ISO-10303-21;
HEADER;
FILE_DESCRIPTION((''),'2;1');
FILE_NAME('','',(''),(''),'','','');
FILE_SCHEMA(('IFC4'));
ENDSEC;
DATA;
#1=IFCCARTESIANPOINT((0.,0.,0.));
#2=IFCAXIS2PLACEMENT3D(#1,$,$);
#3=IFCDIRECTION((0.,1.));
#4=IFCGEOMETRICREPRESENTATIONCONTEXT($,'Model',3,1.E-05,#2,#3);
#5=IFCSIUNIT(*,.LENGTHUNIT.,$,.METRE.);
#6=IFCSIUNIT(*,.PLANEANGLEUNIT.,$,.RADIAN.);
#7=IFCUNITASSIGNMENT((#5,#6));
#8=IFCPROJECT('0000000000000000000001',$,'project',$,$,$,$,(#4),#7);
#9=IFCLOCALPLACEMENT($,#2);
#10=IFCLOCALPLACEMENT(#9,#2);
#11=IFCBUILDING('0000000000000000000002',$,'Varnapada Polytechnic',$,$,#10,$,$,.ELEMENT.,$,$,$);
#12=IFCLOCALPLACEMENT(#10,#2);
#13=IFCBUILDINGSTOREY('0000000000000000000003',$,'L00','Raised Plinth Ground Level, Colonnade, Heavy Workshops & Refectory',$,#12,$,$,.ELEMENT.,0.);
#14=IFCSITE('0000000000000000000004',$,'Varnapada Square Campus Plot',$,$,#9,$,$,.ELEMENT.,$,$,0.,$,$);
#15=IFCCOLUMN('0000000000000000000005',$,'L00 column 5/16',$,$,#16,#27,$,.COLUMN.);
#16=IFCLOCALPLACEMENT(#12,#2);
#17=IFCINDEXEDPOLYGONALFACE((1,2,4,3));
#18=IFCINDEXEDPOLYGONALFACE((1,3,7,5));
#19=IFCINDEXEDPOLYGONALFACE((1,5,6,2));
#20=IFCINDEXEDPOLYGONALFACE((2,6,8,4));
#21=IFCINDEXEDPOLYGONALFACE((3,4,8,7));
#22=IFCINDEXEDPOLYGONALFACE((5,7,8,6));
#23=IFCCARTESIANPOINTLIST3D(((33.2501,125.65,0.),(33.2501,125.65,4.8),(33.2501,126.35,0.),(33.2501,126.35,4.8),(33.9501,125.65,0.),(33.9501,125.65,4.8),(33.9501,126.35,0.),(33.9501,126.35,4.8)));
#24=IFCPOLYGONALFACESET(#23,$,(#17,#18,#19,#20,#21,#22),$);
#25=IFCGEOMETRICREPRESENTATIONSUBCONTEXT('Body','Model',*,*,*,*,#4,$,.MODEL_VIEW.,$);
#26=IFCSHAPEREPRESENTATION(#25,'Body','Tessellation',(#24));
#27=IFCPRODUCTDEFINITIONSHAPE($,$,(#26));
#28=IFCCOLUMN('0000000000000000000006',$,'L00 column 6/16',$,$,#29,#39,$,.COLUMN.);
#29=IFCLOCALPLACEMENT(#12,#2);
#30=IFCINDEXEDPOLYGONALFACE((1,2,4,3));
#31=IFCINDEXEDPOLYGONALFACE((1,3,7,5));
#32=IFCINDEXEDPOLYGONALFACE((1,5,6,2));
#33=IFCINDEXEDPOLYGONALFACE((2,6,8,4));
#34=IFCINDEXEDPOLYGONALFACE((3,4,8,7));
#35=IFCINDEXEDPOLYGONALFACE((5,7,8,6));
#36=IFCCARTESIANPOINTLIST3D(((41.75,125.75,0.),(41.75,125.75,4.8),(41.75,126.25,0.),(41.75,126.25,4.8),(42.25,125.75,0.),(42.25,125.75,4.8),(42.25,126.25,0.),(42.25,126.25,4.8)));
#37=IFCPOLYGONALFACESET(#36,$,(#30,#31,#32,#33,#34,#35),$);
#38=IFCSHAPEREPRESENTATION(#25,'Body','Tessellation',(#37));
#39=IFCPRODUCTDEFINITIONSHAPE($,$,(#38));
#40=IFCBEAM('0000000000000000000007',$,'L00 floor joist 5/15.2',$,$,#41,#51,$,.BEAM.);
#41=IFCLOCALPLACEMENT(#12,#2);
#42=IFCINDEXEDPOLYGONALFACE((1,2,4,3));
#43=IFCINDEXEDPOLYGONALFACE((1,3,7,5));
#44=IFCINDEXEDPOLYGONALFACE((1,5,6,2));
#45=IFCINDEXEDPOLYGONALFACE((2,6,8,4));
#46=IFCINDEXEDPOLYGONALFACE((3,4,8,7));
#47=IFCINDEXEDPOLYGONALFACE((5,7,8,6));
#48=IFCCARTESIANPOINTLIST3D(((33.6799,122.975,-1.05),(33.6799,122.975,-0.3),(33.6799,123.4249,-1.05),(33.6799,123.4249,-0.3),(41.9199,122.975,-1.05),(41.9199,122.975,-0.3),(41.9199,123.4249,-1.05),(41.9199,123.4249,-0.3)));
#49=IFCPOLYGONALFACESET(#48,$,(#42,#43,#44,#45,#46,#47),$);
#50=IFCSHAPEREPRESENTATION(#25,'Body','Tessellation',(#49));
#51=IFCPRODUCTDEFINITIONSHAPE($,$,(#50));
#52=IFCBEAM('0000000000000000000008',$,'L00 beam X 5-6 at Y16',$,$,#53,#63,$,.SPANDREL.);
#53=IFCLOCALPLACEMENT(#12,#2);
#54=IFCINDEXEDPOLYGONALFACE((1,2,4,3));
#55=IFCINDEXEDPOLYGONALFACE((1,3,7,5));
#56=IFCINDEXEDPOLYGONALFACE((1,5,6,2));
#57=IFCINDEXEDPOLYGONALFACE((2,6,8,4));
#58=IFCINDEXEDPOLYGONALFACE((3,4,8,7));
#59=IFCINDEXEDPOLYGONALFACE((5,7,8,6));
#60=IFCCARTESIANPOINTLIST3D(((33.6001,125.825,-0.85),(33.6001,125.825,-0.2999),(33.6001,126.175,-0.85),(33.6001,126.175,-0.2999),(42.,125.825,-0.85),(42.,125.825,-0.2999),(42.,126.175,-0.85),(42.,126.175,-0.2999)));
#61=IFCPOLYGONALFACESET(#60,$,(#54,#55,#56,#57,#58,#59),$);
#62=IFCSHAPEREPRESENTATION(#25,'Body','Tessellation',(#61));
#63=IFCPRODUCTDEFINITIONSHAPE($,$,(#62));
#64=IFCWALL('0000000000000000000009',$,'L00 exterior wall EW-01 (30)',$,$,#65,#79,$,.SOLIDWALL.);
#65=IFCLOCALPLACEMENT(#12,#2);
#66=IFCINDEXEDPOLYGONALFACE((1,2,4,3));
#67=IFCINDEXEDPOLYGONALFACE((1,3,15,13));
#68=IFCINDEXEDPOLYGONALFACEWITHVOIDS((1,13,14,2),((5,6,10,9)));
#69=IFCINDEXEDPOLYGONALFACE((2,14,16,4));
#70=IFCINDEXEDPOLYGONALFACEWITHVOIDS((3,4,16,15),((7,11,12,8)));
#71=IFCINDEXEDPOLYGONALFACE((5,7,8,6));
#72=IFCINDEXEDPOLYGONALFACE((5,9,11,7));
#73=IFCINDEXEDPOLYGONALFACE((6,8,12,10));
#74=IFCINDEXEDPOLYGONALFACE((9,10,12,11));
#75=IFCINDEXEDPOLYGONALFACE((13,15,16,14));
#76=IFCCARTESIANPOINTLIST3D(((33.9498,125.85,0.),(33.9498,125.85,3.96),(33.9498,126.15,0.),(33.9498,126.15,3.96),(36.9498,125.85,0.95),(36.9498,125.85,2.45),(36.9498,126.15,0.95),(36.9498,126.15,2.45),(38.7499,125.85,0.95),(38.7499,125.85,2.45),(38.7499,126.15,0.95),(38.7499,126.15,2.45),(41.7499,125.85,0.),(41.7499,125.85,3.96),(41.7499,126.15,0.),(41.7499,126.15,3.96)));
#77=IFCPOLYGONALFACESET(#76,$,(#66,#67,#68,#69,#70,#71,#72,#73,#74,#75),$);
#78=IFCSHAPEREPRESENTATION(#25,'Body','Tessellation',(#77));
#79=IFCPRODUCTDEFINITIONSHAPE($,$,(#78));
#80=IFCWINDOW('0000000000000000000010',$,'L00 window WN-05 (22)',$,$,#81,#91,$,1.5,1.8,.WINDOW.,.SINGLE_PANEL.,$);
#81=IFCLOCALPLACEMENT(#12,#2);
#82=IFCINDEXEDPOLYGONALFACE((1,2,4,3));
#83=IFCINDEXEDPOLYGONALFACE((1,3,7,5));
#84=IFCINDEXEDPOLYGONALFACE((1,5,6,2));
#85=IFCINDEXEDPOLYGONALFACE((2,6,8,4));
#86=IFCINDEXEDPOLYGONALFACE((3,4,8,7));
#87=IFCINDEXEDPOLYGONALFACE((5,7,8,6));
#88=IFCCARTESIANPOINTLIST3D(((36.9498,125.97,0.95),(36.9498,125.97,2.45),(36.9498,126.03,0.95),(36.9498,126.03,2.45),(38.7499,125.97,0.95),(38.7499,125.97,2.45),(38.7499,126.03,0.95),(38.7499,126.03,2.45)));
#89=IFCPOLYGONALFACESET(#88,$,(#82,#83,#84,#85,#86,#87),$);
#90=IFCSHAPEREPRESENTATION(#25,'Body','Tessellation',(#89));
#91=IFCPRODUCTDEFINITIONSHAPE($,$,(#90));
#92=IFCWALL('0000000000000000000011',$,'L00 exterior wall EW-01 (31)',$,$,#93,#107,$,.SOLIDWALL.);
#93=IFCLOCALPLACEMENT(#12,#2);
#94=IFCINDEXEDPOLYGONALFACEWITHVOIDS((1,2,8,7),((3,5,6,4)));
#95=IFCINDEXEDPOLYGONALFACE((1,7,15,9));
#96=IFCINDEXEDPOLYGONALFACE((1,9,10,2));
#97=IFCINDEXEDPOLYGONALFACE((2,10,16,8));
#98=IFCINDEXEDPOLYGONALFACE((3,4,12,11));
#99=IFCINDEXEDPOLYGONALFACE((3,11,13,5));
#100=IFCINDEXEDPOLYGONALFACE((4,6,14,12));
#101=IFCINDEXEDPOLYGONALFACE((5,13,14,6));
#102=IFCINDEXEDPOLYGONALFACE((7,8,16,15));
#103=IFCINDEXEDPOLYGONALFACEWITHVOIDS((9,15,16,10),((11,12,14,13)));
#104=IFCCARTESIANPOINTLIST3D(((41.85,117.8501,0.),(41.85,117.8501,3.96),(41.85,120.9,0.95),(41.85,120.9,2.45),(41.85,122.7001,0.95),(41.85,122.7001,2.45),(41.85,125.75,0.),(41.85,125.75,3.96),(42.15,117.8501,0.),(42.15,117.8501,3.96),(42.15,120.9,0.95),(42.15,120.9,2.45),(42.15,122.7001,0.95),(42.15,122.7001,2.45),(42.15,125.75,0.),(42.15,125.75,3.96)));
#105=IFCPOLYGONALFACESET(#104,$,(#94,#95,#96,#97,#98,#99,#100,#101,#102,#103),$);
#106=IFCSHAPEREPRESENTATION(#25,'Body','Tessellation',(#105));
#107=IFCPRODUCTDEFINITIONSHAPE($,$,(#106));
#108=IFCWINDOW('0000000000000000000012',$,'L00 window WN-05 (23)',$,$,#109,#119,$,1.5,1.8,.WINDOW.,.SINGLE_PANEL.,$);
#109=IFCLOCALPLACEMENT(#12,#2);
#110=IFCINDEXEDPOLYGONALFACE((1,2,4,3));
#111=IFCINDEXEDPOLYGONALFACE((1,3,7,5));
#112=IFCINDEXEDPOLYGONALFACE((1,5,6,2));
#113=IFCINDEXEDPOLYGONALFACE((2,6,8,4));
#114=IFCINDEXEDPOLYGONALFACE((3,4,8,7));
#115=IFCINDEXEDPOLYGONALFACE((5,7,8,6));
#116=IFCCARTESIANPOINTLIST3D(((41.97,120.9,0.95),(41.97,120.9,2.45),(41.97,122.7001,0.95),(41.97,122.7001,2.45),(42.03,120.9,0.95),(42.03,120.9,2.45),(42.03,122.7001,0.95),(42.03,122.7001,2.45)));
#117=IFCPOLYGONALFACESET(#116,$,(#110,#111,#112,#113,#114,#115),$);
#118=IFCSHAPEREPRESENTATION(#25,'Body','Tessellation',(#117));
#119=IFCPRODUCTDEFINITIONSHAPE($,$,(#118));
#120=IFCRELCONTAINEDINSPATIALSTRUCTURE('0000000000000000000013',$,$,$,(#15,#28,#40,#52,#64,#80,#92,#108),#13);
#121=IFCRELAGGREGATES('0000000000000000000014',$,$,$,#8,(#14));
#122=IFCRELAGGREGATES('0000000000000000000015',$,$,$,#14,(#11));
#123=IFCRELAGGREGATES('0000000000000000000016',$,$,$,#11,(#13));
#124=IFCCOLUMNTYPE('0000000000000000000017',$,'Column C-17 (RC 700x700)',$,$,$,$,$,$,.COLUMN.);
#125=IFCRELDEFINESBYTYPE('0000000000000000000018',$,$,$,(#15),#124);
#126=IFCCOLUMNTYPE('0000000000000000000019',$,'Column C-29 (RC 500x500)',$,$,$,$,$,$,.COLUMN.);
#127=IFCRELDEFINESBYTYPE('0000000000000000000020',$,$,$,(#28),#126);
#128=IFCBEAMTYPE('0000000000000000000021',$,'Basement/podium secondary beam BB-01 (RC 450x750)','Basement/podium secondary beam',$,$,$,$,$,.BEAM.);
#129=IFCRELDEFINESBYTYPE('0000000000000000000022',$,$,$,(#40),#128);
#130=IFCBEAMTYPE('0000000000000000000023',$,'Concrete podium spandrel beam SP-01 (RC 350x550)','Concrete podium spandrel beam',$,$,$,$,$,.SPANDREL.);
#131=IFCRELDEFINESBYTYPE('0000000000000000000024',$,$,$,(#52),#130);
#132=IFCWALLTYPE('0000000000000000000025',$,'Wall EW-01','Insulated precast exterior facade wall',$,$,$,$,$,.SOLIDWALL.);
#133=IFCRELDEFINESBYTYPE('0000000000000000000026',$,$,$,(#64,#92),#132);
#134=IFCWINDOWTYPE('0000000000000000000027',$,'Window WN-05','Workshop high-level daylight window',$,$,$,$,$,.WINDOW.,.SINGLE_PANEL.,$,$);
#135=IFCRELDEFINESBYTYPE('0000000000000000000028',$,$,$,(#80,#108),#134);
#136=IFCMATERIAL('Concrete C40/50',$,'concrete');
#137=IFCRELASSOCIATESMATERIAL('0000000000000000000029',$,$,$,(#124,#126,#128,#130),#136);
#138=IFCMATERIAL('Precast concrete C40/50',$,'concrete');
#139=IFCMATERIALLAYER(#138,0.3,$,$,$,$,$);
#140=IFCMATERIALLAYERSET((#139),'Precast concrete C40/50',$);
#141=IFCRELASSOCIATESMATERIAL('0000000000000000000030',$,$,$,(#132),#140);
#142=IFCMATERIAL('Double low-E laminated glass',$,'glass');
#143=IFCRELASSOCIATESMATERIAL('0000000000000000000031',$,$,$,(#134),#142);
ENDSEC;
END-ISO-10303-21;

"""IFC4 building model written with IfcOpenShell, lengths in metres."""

from ifc_helpers import new_model, si_unit, direction, frame, frame_2d, origin, origin_2d, place, context, subcontext, project, spatial, rectangle, extrude, material, layer, layer_set, material_profile, profile_set, type_object, element, fill, save


model = new_model("IFC4")

# Units and contexts
model_context = context("Model", 3, precision=1e-05, world=origin(), true_north=direction((0.0, 1.0)))
body_context = subcontext(model_context, "Body", "Model", "MODEL_VIEW")
ifc_project = project(units=[si_unit("LENGTHUNIT", "METRE"), si_unit("PLANEANGLEUNIT", "RADIAN")], contexts=[model_context])

# Site, building, storey
site_placement = place(None, origin())
site = spatial("IfcSite", under=ifc_project, at=site_placement, Name="Varnapada Square Campus Plot", CompositionType="ELEMENT", RefElevation=0.0)
building_placement = place(site_placement, origin())
building = spatial("IfcBuilding", under=site, at=building_placement, Name="Varnapada Polytechnic", CompositionType="ELEMENT")
storey_placement = place(building_placement, origin())
storey = spatial("IfcBuildingStorey", under=building, at=storey_placement, Name="L00", Description="Raised Plinth Ground Level, Colonnade, Heavy Workshops & Refectory", CompositionType="ELEMENT", Elevation=0.0)

# Columns
ifc_material_1 = material(Name="Concrete C40/50", Category="concrete")
ifc_material_profile_1 = material_profile(ifc_material_1, rectangle(XDim=0.7, YDim=0.7, at=origin_2d()), Name="RC 700x700")
ifc_profile_set_1 = profile_set([ifc_material_profile_1], Name="Concrete C40/50")
column_type_1 = type_object("IfcColumnType", Name="Column C-17 (RC 700x700)", PredefinedType="COLUMN", material=ifc_profile_set_1)
column_1_placement = place(storey_placement, frame((33.6001, 126.0, 0.0), z_axis=(0.0, 0.0, 1.0), x_axis=(1.0, 0.0, 0.0)))
element("IfcColumn", 1, at=column_1_placement, inside=storey, type_object=column_type_1, Name="L00 column 5/16", PredefinedType="COLUMN", context=body_context, shape_type="SweptSolid", body=[
    extrude(rectangle(XDim=0.7, YDim=0.7, at=origin_2d()), origin(), (0.0, 0.0, 1.0), 4.8),
])
ifc_material_profile_2 = material_profile(ifc_material_1, rectangle(XDim=0.5, YDim=0.5, at=origin_2d()), Name="RC 500x500")
ifc_profile_set_2 = profile_set([ifc_material_profile_2], Name="Concrete C40/50")
column_type_2 = type_object("IfcColumnType", Name="Column C-29 (RC 500x500)", PredefinedType="COLUMN", material=ifc_profile_set_2)
column_2_placement = place(storey_placement, frame((42.0, 126.0, 0.0), z_axis=(0.0, 0.0, 1.0), x_axis=(1.0, 0.0, 0.0)))
element("IfcColumn", 2, at=column_2_placement, inside=storey, type_object=column_type_2, Name="L00 column 6/16", PredefinedType="COLUMN", context=body_context, shape_type="SweptSolid", body=[
    extrude(rectangle(XDim=0.5, YDim=0.5, at=origin_2d()), origin(), (0.0, 0.0, 1.0), 4.8),
])

# Beams
ifc_material_profile_3 = material_profile(ifc_material_1, rectangle(XDim=0.45, YDim=0.75, at=origin_2d()), Name="RC 450x750")
ifc_profile_set_3 = profile_set([ifc_material_profile_3], Name="Concrete C40/50")
beam_type_1 = type_object("IfcBeamType", Name="Basement/podium secondary beam BB-01 (RC 450x750)", Description="Basement/podium secondary beam", PredefinedType="BEAM", material=ifc_profile_set_3)
beam_1_placement = place(storey_placement, frame((33.6799, 123.2, -0.675), z_axis=(1.0, 0.0, 0.0), x_axis=(0.0, 1.0, 0.0)))
element("IfcBeam", 3, at=beam_1_placement, inside=storey, type_object=beam_type_1, Name="L00 floor joist 5/15.2", PredefinedType="BEAM", context=body_context, shape_type="SweptSolid", body=[
    extrude(rectangle(XDim=0.45, YDim=0.75, at=origin_2d()), origin(), (0.0, 0.0, 1.0), 8.24),
])
ifc_material_profile_4 = material_profile(ifc_material_1, rectangle(XDim=0.3501, YDim=0.55, at=origin_2d()), Name="RC 350x550")
ifc_profile_set_4 = profile_set([ifc_material_profile_4], Name="Concrete C40/50")
beam_type_2 = type_object("IfcBeamType", Name="Concrete podium spandrel beam SP-01 (RC 350x550)", Description="Concrete podium spandrel beam", PredefinedType="SPANDREL", material=ifc_profile_set_4)
beam_2_placement = place(storey_placement, frame((33.6001, 126.0, -0.575), z_axis=(1.0, 0.0, 0.0), x_axis=(0.0, 1.0, 0.0)))
element("IfcBeam", 4, at=beam_2_placement, inside=storey, type_object=beam_type_2, Name="L00 beam X 5-6 at Y16", PredefinedType="SPANDREL", context=body_context, shape_type="SweptSolid", body=[
    extrude(rectangle(XDim=0.3501, YDim=0.55, at=origin_2d()), origin(), (0.0, 0.0, 1.0), 8.3999),
])

# Walls, openings, windows
ifc_material_2 = material(Name="Precast concrete C40/50", Category="concrete")
ifc_layer_1 = layer(ifc_material_2, 0.3)
ifc_layer_set_1 = layer_set([ifc_layer_1], Name="Precast concrete C40/50")
wall_type = type_object("IfcWallType", Name="Wall EW-01", Description="Insulated precast exterior facade wall", PredefinedType="SOLIDWALL", material=ifc_layer_set_1)
wall_1_placement = place(storey_placement, frame((33.95, 126.0, 0.0), z_axis=(0.0, 0.0, 1.0), x_axis=(1.0, 0.0, 0.0)))
wall_1 = element("IfcWall", 5, at=wall_1_placement, inside=storey, type_object=wall_type, Name="L00 exterior wall EW-01 (30)", PredefinedType="SOLIDWALL", context=body_context, shape_type="SweptSolid", body=[
    extrude(rectangle(XDim=7.8, YDim=0.3, at=frame_2d((3.8999, 0.0))), origin(), (0.0, 0.0, 1.0), 3.96),
])
opening_1_placement = place(wall_1_placement, frame((3.0, 0.0, 0.95)))
opening_1 = element("IfcOpeningElement", 6, at=opening_1_placement, cuts=wall_1, PredefinedType="OPENING", context=body_context, shape_type="SweptSolid", body=[
    extrude(rectangle(XDim=1.8, YDim=1.5, at=frame_2d((0.8999, 0.75))), frame((0.0, 0.1599, 0.0), z_axis=(0.0, -1.0, 0.0), x_axis=(1.0, 0.0, 0.0)), (0.0, 0.0, 1.0), 0.3201),
])
ifc_material_3 = material(Name="Double low-E laminated glass", Category="glass")
window_type = type_object("IfcWindowType", Name="Window WN-05", Description="Workshop high-level daylight window", PartitioningType="SINGLE_PANEL", PredefinedType="WINDOW", material=ifc_material_3)
window_1_placement = place(opening_1_placement, origin())
window_1 = element("IfcWindow", 7, at=window_1_placement, inside=storey, type_object=window_type, Name="L00 window WN-05 (22)", OverallHeight=1.5, OverallWidth=1.8, PartitioningType="SINGLE_PANEL", PredefinedType="WINDOW", context=body_context, shape_type="SweptSolid", body=[
    extrude(rectangle(XDim=1.8, YDim=1.5, at=frame_2d((0.8999, 0.75))), frame((0.0, 0.03, 0.0), z_axis=(0.0, -1.0, 0.0), x_axis=(1.0, 0.0, 0.0)), (0.0, 0.0, 1.0), 0.0601),
])
fill(opening_1, window_1)
wall_2_placement = place(storey_placement, frame((42.0, 125.75, 0.0), z_axis=(0.0, 0.0, 1.0), x_axis=(0.0, -1.0, 0.0)))
wall_2 = element("IfcWall", 8, at=wall_2_placement, inside=storey, type_object=wall_type, Name="L00 exterior wall EW-01 (31)", PredefinedType="SOLIDWALL", context=body_context, shape_type="SweptSolid", body=[
    extrude(rectangle(XDim=7.8999, YDim=0.3, at=frame_2d((3.95, 0.0))), origin(), (0.0, 0.0, 1.0), 3.96),
])
opening_2_placement = place(wall_2_placement, frame((3.05, 0.0, 0.95)))
opening_2 = element("IfcOpeningElement", 9, at=opening_2_placement, cuts=wall_2, PredefinedType="OPENING", context=body_context, shape_type="SweptSolid", body=[
    extrude(rectangle(XDim=1.8, YDim=1.5, at=frame_2d((0.8999, 0.75))), frame((0.0, 0.1599, 0.0), z_axis=(0.0, -1.0, 0.0), x_axis=(1.0, 0.0, 0.0)), (0.0, 0.0, 1.0), 0.3201),
])
window_2_placement = place(opening_2_placement, origin())
window_2 = element("IfcWindow", 10, at=window_2_placement, inside=storey, type_object=window_type, Name="L00 window WN-05 (23)", OverallHeight=1.5, OverallWidth=1.8, PartitioningType="SINGLE_PANEL", PredefinedType="WINDOW", context=body_context, shape_type="SweptSolid", body=[
    extrude(rectangle(XDim=1.8, YDim=1.5, at=frame_2d((0.8999, 0.75))), frame((0.0, 0.03, 0.0), z_axis=(0.0, -1.0, 0.0), x_axis=(1.0, 0.0, 0.0)), (0.0, 0.0, 1.0), 0.0601),
])
fill(opening_2, window_2)

save(model, "model.ifc")
